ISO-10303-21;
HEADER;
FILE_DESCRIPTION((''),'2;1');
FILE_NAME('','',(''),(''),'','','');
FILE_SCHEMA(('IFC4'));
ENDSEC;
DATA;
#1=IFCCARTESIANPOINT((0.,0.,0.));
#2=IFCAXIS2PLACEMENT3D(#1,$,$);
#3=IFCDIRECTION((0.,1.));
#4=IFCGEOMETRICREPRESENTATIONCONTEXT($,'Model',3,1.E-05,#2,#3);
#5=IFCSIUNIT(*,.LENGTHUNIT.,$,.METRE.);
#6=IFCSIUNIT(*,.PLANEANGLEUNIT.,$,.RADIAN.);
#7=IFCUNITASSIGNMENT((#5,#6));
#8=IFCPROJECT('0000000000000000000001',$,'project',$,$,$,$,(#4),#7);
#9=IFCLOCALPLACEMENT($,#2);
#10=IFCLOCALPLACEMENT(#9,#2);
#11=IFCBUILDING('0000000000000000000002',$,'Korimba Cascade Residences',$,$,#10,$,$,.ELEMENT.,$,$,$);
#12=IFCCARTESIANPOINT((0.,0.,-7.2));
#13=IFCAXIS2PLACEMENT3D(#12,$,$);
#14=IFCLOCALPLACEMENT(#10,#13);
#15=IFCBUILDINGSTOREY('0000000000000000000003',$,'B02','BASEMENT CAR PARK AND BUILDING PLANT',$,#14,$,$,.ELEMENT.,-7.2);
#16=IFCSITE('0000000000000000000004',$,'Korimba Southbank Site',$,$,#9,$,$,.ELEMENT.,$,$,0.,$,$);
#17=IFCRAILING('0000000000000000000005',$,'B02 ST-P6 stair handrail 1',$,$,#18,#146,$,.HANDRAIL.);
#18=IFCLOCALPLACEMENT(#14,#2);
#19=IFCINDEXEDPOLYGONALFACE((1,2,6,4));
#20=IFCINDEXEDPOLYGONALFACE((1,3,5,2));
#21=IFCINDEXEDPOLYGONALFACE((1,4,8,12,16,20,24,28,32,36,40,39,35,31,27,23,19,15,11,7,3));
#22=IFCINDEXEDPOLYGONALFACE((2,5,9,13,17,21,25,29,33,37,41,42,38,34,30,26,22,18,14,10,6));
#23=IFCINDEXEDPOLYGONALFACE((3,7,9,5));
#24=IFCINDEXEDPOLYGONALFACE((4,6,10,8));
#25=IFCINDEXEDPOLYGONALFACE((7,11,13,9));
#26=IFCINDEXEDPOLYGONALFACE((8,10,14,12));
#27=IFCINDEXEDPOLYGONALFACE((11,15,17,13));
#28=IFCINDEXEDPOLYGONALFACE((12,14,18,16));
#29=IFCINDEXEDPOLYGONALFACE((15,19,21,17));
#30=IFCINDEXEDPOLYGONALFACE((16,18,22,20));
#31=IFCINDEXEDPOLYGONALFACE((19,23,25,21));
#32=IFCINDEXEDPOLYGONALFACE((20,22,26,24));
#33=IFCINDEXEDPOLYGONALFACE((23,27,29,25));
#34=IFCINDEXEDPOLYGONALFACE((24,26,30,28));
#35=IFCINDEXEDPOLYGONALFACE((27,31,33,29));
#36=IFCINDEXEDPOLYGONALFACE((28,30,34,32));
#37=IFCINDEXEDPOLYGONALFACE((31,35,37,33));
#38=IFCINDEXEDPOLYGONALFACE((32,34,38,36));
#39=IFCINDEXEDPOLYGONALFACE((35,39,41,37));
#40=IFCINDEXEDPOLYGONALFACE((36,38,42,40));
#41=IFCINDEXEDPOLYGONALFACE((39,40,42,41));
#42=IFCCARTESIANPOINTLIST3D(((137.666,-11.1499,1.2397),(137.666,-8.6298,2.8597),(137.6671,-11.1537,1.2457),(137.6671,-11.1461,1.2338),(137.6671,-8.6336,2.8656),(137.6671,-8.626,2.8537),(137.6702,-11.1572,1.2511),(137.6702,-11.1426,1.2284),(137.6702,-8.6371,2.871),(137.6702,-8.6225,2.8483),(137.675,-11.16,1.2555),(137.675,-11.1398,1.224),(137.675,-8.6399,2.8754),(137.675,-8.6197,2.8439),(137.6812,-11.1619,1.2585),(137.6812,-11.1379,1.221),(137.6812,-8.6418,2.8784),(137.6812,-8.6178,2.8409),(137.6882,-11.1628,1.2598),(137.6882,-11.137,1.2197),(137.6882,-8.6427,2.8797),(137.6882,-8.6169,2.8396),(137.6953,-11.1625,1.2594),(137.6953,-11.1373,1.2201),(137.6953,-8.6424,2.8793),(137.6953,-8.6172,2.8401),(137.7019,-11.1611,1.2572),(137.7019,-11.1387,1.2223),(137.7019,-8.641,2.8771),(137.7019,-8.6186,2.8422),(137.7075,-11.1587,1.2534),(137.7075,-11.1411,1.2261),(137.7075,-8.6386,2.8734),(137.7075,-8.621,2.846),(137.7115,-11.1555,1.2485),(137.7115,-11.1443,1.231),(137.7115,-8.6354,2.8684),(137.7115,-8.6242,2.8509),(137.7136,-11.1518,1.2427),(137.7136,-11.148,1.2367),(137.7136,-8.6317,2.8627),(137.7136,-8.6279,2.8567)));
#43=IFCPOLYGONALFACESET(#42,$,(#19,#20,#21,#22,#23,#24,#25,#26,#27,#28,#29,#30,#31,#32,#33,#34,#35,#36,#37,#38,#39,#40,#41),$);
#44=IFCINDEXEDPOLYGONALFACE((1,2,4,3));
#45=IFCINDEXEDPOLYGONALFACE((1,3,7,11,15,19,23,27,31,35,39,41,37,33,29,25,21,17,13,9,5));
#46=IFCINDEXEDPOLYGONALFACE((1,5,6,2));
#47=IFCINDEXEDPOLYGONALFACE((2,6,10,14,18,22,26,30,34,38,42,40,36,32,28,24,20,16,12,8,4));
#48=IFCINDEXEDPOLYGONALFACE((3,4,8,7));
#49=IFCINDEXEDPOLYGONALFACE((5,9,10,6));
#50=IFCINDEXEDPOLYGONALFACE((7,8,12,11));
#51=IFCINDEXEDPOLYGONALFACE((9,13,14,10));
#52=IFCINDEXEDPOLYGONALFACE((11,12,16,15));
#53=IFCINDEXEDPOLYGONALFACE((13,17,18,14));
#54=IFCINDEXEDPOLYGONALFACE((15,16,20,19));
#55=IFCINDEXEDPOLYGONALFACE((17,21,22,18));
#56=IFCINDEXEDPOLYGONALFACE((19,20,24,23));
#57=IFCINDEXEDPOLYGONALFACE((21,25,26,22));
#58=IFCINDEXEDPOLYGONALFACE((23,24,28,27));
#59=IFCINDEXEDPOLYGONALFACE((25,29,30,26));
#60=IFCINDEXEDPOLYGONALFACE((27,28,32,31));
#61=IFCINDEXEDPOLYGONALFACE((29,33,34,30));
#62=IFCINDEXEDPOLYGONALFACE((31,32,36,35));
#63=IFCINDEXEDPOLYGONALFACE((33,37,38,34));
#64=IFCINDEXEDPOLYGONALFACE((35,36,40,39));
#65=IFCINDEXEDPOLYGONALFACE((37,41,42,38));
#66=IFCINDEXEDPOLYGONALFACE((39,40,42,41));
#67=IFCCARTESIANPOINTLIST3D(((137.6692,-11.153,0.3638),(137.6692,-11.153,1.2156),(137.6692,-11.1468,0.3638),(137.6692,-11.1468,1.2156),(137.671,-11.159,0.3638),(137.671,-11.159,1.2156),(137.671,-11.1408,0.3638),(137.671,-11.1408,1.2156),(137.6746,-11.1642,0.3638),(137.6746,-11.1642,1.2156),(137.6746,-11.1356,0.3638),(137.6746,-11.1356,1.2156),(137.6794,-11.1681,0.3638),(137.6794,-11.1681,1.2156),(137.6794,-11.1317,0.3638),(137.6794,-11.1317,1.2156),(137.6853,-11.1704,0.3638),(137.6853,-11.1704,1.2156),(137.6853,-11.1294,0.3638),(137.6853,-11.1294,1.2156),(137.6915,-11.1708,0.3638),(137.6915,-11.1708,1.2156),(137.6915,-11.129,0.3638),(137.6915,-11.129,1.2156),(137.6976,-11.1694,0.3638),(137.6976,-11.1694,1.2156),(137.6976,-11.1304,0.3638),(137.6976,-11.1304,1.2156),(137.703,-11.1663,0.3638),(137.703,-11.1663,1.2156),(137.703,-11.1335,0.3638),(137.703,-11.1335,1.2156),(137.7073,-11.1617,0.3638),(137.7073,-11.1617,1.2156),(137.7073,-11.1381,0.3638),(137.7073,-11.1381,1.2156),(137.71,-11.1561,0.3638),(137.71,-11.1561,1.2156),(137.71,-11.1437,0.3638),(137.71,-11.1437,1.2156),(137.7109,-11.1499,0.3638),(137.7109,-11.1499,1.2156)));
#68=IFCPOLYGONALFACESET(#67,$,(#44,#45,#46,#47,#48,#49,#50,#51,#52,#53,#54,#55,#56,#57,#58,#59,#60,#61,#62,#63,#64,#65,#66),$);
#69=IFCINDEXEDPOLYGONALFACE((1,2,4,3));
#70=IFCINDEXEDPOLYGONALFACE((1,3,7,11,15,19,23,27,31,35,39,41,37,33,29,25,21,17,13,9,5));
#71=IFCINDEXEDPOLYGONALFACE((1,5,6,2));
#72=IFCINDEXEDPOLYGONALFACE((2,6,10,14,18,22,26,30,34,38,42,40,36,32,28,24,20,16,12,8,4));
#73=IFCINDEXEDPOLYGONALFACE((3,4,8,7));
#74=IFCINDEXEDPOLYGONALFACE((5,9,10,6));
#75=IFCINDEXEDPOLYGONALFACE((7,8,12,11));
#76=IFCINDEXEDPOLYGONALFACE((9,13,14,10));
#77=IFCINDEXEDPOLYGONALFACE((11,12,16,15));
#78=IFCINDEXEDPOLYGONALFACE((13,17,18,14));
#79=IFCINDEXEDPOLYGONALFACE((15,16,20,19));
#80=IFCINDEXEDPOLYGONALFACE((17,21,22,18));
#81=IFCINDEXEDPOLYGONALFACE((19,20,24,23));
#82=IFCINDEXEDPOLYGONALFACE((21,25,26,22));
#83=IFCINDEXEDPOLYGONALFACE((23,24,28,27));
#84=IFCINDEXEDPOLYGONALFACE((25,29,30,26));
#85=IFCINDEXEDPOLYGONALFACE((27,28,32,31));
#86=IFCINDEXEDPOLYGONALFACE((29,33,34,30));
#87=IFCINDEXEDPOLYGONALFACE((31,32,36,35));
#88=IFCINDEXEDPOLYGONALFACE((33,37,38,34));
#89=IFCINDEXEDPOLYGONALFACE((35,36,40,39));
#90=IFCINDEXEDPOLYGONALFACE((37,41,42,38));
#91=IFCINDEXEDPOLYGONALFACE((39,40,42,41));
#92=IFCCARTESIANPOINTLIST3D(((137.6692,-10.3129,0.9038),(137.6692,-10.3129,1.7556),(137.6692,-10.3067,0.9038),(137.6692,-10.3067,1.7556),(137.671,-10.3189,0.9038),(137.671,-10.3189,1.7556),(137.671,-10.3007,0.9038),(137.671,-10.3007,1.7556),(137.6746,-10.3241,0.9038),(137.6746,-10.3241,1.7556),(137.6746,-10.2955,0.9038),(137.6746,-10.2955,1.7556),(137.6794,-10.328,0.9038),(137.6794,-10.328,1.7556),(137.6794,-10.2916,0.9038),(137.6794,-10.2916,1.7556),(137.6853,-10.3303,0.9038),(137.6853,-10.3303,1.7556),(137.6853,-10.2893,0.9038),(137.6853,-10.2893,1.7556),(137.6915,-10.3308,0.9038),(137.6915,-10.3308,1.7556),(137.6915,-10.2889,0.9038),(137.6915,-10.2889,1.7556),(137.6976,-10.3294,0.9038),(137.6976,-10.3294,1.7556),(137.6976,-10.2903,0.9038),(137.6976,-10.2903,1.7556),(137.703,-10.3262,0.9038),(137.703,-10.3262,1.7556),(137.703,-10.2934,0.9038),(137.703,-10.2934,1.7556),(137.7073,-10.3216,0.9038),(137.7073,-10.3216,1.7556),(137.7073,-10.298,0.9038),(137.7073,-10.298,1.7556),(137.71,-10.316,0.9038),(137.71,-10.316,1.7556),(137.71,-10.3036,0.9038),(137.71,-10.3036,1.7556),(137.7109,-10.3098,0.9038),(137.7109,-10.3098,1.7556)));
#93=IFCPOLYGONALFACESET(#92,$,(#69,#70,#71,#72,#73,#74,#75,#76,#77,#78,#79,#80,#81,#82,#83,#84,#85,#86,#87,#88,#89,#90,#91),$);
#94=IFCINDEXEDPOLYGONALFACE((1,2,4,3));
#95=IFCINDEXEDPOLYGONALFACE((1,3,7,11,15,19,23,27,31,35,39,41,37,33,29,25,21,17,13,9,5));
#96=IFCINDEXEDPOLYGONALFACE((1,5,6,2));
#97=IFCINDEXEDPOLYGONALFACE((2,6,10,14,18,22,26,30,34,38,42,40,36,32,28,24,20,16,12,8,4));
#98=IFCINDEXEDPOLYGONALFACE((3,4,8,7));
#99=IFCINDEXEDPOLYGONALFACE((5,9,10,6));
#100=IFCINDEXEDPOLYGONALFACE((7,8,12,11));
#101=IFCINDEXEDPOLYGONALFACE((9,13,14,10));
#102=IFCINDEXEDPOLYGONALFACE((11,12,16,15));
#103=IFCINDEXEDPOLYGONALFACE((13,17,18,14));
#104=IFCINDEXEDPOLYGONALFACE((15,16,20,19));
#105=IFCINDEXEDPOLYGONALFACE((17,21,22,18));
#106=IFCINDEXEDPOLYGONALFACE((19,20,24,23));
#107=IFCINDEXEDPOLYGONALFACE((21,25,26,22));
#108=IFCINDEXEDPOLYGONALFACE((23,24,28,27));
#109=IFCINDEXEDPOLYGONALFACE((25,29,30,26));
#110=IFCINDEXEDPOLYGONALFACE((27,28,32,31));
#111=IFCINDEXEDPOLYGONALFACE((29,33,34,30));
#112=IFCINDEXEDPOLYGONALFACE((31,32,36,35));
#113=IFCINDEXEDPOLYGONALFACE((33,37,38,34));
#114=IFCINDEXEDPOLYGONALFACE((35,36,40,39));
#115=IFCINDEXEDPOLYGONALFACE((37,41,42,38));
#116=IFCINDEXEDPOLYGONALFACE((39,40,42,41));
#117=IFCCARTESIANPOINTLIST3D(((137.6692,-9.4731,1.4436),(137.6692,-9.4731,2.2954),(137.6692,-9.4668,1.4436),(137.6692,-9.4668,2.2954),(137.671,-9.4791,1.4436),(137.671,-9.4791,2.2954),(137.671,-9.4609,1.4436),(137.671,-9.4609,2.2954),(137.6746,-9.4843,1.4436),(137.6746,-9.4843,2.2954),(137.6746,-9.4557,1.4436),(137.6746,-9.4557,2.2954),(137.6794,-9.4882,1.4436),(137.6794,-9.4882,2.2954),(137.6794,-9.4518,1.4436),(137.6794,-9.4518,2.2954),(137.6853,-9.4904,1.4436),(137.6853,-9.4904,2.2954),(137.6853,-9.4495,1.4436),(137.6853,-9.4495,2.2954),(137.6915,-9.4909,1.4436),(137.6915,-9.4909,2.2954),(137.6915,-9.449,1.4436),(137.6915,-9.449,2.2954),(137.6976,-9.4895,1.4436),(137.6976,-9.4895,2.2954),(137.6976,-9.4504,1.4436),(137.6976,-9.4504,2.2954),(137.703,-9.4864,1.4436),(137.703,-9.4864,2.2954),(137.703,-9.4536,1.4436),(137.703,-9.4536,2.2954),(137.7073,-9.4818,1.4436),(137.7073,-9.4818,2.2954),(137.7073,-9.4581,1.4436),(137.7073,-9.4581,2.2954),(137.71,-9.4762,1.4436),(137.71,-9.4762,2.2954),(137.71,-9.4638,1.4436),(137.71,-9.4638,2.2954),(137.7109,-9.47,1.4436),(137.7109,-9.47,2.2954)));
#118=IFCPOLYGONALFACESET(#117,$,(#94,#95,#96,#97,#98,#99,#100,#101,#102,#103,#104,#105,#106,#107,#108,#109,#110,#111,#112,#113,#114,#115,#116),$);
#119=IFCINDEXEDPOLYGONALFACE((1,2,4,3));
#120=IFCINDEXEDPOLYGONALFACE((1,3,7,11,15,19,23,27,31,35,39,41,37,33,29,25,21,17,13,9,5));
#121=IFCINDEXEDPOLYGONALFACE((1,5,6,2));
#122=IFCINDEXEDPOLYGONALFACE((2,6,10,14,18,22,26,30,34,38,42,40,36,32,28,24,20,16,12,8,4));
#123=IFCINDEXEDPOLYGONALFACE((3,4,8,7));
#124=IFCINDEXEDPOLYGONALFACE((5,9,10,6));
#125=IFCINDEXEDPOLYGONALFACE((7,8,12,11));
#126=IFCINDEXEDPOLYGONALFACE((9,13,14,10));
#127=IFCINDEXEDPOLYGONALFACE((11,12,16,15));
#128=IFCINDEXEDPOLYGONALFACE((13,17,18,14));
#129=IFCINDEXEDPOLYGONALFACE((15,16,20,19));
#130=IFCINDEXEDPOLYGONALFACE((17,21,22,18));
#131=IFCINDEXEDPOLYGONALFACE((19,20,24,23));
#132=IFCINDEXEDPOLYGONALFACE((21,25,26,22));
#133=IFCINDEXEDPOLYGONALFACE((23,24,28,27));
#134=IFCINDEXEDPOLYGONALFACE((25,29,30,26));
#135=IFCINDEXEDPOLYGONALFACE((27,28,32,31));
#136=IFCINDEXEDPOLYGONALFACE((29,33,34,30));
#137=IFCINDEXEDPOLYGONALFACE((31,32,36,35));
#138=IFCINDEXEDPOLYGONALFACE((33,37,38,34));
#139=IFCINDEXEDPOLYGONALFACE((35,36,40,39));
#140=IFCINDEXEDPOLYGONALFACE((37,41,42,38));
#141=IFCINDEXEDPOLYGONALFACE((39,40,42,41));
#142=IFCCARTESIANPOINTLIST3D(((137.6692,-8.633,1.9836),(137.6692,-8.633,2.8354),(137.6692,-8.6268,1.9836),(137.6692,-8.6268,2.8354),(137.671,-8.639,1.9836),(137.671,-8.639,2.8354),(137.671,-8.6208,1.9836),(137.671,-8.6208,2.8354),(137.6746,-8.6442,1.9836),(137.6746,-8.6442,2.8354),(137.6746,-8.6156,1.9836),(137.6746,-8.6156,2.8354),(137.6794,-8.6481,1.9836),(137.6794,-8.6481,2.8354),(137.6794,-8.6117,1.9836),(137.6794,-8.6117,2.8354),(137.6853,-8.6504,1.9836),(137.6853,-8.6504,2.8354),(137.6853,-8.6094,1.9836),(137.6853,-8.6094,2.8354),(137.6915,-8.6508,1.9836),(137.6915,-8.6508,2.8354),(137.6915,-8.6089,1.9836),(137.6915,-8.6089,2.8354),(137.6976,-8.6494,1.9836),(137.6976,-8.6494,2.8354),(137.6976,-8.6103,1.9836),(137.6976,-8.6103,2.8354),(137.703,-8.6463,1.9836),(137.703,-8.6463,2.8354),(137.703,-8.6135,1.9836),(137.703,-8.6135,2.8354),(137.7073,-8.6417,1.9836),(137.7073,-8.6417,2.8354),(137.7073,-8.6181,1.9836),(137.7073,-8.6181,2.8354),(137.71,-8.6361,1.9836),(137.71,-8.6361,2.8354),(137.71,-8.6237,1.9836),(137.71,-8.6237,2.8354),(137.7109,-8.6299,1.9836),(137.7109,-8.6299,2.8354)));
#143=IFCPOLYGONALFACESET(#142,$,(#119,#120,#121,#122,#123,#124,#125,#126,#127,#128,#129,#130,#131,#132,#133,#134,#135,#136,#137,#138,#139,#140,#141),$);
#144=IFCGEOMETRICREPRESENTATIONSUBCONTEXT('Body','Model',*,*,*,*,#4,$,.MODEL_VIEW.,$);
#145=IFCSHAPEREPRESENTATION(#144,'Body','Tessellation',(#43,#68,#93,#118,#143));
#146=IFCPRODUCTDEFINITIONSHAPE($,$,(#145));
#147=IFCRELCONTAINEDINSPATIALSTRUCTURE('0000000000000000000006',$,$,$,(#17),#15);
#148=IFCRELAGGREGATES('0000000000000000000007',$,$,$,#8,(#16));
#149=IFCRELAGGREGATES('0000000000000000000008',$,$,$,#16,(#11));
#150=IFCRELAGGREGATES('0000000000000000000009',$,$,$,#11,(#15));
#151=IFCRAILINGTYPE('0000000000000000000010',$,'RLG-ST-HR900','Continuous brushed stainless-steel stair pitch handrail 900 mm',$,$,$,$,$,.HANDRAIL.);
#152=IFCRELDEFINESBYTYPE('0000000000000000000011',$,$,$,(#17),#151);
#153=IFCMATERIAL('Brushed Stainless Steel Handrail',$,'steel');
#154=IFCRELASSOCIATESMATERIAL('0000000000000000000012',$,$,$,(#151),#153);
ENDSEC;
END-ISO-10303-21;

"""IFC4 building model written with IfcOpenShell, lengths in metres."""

from ifc_helpers import new_model, si_unit, direction, frame, origin, origin_2d, place, context, subcontext, project, spatial, circle, extrude, material, type_object, element, save


model = new_model("IFC4")

# Units and contexts
model_context = context("Model", 3, precision=1e-05, world=origin(), true_north=direction((0.0, 1.0)))
body_context = subcontext(model_context, "Body", "Model", "MODEL_VIEW")
ifc_project = project(units=[si_unit("LENGTHUNIT", "METRE"), si_unit("PLANEANGLEUNIT", "RADIAN")], contexts=[model_context])

# Site, building, storey
site_placement = place(None, origin())
site = spatial("IfcSite", under=ifc_project, at=site_placement, Name="Korimba Southbank Site", CompositionType="ELEMENT", RefElevation=0.0)
building_placement = place(site_placement, origin())
building = spatial("IfcBuilding", under=site, at=building_placement, Name="Korimba Cascade Residences", CompositionType="ELEMENT")
storey_placement = place(building_placement, frame((0.0, 0.0, -7.2)))
storey = spatial("IfcBuildingStorey", under=building, at=storey_placement, Name="B02", Description="BASEMENT CAR PARK AND BUILDING PLANT", CompositionType="ELEMENT", Elevation=-7.2)

# Railing
ifc_material_1 = material(Name="Brushed Stainless Steel Handrail", Category="steel")
railing_type_1 = type_object("IfcRailingType", Name="RLG-ST-HR900", Description="Continuous brushed stainless-steel stair pitch handrail 900 mm", PredefinedType="HANDRAIL", material=ifc_material_1)
railing_1_placement = place(storey_placement, frame((137.6899, -11.1499, 0.3638)))
element("IfcRailing", 1, at=railing_1_placement, inside=storey, type_object=railing_type_1, Name="B02 ST-P6 stair handrail 1", PredefinedType="HANDRAIL", context=body_context, shape_type="SweptSolid", body=[
    extrude(circle(Radius=0.0239, at=origin_2d()), frame((0.0, 0.0, 0.876), z_axis=(0.0, 0.8412, 0.540725), x_axis=(-1.0, 0.0, 0.0)), (0.0, 0.0, 1.0), 2.9958),
    extrude(circle(Radius=0.021, at=origin_2d()), origin(), (0.0, 0.0, 1.0), 0.8518),
    extrude(circle(Radius=0.021, at=origin_2d()), frame((0.0, 0.8401, 0.54)), (0.0, 0.0, 1.0), 0.8518),
    extrude(circle(Radius=0.021, at=origin_2d()), frame((0.0, 1.6799, 1.0798)), (0.0, 0.0, 1.0), 0.8518),
    extrude(circle(Radius=0.021, at=origin_2d()), frame((0.0, 2.52, 1.6199)), (0.0, 0.0, 1.0), 0.8518),
])

save(model, "model.ifc")
